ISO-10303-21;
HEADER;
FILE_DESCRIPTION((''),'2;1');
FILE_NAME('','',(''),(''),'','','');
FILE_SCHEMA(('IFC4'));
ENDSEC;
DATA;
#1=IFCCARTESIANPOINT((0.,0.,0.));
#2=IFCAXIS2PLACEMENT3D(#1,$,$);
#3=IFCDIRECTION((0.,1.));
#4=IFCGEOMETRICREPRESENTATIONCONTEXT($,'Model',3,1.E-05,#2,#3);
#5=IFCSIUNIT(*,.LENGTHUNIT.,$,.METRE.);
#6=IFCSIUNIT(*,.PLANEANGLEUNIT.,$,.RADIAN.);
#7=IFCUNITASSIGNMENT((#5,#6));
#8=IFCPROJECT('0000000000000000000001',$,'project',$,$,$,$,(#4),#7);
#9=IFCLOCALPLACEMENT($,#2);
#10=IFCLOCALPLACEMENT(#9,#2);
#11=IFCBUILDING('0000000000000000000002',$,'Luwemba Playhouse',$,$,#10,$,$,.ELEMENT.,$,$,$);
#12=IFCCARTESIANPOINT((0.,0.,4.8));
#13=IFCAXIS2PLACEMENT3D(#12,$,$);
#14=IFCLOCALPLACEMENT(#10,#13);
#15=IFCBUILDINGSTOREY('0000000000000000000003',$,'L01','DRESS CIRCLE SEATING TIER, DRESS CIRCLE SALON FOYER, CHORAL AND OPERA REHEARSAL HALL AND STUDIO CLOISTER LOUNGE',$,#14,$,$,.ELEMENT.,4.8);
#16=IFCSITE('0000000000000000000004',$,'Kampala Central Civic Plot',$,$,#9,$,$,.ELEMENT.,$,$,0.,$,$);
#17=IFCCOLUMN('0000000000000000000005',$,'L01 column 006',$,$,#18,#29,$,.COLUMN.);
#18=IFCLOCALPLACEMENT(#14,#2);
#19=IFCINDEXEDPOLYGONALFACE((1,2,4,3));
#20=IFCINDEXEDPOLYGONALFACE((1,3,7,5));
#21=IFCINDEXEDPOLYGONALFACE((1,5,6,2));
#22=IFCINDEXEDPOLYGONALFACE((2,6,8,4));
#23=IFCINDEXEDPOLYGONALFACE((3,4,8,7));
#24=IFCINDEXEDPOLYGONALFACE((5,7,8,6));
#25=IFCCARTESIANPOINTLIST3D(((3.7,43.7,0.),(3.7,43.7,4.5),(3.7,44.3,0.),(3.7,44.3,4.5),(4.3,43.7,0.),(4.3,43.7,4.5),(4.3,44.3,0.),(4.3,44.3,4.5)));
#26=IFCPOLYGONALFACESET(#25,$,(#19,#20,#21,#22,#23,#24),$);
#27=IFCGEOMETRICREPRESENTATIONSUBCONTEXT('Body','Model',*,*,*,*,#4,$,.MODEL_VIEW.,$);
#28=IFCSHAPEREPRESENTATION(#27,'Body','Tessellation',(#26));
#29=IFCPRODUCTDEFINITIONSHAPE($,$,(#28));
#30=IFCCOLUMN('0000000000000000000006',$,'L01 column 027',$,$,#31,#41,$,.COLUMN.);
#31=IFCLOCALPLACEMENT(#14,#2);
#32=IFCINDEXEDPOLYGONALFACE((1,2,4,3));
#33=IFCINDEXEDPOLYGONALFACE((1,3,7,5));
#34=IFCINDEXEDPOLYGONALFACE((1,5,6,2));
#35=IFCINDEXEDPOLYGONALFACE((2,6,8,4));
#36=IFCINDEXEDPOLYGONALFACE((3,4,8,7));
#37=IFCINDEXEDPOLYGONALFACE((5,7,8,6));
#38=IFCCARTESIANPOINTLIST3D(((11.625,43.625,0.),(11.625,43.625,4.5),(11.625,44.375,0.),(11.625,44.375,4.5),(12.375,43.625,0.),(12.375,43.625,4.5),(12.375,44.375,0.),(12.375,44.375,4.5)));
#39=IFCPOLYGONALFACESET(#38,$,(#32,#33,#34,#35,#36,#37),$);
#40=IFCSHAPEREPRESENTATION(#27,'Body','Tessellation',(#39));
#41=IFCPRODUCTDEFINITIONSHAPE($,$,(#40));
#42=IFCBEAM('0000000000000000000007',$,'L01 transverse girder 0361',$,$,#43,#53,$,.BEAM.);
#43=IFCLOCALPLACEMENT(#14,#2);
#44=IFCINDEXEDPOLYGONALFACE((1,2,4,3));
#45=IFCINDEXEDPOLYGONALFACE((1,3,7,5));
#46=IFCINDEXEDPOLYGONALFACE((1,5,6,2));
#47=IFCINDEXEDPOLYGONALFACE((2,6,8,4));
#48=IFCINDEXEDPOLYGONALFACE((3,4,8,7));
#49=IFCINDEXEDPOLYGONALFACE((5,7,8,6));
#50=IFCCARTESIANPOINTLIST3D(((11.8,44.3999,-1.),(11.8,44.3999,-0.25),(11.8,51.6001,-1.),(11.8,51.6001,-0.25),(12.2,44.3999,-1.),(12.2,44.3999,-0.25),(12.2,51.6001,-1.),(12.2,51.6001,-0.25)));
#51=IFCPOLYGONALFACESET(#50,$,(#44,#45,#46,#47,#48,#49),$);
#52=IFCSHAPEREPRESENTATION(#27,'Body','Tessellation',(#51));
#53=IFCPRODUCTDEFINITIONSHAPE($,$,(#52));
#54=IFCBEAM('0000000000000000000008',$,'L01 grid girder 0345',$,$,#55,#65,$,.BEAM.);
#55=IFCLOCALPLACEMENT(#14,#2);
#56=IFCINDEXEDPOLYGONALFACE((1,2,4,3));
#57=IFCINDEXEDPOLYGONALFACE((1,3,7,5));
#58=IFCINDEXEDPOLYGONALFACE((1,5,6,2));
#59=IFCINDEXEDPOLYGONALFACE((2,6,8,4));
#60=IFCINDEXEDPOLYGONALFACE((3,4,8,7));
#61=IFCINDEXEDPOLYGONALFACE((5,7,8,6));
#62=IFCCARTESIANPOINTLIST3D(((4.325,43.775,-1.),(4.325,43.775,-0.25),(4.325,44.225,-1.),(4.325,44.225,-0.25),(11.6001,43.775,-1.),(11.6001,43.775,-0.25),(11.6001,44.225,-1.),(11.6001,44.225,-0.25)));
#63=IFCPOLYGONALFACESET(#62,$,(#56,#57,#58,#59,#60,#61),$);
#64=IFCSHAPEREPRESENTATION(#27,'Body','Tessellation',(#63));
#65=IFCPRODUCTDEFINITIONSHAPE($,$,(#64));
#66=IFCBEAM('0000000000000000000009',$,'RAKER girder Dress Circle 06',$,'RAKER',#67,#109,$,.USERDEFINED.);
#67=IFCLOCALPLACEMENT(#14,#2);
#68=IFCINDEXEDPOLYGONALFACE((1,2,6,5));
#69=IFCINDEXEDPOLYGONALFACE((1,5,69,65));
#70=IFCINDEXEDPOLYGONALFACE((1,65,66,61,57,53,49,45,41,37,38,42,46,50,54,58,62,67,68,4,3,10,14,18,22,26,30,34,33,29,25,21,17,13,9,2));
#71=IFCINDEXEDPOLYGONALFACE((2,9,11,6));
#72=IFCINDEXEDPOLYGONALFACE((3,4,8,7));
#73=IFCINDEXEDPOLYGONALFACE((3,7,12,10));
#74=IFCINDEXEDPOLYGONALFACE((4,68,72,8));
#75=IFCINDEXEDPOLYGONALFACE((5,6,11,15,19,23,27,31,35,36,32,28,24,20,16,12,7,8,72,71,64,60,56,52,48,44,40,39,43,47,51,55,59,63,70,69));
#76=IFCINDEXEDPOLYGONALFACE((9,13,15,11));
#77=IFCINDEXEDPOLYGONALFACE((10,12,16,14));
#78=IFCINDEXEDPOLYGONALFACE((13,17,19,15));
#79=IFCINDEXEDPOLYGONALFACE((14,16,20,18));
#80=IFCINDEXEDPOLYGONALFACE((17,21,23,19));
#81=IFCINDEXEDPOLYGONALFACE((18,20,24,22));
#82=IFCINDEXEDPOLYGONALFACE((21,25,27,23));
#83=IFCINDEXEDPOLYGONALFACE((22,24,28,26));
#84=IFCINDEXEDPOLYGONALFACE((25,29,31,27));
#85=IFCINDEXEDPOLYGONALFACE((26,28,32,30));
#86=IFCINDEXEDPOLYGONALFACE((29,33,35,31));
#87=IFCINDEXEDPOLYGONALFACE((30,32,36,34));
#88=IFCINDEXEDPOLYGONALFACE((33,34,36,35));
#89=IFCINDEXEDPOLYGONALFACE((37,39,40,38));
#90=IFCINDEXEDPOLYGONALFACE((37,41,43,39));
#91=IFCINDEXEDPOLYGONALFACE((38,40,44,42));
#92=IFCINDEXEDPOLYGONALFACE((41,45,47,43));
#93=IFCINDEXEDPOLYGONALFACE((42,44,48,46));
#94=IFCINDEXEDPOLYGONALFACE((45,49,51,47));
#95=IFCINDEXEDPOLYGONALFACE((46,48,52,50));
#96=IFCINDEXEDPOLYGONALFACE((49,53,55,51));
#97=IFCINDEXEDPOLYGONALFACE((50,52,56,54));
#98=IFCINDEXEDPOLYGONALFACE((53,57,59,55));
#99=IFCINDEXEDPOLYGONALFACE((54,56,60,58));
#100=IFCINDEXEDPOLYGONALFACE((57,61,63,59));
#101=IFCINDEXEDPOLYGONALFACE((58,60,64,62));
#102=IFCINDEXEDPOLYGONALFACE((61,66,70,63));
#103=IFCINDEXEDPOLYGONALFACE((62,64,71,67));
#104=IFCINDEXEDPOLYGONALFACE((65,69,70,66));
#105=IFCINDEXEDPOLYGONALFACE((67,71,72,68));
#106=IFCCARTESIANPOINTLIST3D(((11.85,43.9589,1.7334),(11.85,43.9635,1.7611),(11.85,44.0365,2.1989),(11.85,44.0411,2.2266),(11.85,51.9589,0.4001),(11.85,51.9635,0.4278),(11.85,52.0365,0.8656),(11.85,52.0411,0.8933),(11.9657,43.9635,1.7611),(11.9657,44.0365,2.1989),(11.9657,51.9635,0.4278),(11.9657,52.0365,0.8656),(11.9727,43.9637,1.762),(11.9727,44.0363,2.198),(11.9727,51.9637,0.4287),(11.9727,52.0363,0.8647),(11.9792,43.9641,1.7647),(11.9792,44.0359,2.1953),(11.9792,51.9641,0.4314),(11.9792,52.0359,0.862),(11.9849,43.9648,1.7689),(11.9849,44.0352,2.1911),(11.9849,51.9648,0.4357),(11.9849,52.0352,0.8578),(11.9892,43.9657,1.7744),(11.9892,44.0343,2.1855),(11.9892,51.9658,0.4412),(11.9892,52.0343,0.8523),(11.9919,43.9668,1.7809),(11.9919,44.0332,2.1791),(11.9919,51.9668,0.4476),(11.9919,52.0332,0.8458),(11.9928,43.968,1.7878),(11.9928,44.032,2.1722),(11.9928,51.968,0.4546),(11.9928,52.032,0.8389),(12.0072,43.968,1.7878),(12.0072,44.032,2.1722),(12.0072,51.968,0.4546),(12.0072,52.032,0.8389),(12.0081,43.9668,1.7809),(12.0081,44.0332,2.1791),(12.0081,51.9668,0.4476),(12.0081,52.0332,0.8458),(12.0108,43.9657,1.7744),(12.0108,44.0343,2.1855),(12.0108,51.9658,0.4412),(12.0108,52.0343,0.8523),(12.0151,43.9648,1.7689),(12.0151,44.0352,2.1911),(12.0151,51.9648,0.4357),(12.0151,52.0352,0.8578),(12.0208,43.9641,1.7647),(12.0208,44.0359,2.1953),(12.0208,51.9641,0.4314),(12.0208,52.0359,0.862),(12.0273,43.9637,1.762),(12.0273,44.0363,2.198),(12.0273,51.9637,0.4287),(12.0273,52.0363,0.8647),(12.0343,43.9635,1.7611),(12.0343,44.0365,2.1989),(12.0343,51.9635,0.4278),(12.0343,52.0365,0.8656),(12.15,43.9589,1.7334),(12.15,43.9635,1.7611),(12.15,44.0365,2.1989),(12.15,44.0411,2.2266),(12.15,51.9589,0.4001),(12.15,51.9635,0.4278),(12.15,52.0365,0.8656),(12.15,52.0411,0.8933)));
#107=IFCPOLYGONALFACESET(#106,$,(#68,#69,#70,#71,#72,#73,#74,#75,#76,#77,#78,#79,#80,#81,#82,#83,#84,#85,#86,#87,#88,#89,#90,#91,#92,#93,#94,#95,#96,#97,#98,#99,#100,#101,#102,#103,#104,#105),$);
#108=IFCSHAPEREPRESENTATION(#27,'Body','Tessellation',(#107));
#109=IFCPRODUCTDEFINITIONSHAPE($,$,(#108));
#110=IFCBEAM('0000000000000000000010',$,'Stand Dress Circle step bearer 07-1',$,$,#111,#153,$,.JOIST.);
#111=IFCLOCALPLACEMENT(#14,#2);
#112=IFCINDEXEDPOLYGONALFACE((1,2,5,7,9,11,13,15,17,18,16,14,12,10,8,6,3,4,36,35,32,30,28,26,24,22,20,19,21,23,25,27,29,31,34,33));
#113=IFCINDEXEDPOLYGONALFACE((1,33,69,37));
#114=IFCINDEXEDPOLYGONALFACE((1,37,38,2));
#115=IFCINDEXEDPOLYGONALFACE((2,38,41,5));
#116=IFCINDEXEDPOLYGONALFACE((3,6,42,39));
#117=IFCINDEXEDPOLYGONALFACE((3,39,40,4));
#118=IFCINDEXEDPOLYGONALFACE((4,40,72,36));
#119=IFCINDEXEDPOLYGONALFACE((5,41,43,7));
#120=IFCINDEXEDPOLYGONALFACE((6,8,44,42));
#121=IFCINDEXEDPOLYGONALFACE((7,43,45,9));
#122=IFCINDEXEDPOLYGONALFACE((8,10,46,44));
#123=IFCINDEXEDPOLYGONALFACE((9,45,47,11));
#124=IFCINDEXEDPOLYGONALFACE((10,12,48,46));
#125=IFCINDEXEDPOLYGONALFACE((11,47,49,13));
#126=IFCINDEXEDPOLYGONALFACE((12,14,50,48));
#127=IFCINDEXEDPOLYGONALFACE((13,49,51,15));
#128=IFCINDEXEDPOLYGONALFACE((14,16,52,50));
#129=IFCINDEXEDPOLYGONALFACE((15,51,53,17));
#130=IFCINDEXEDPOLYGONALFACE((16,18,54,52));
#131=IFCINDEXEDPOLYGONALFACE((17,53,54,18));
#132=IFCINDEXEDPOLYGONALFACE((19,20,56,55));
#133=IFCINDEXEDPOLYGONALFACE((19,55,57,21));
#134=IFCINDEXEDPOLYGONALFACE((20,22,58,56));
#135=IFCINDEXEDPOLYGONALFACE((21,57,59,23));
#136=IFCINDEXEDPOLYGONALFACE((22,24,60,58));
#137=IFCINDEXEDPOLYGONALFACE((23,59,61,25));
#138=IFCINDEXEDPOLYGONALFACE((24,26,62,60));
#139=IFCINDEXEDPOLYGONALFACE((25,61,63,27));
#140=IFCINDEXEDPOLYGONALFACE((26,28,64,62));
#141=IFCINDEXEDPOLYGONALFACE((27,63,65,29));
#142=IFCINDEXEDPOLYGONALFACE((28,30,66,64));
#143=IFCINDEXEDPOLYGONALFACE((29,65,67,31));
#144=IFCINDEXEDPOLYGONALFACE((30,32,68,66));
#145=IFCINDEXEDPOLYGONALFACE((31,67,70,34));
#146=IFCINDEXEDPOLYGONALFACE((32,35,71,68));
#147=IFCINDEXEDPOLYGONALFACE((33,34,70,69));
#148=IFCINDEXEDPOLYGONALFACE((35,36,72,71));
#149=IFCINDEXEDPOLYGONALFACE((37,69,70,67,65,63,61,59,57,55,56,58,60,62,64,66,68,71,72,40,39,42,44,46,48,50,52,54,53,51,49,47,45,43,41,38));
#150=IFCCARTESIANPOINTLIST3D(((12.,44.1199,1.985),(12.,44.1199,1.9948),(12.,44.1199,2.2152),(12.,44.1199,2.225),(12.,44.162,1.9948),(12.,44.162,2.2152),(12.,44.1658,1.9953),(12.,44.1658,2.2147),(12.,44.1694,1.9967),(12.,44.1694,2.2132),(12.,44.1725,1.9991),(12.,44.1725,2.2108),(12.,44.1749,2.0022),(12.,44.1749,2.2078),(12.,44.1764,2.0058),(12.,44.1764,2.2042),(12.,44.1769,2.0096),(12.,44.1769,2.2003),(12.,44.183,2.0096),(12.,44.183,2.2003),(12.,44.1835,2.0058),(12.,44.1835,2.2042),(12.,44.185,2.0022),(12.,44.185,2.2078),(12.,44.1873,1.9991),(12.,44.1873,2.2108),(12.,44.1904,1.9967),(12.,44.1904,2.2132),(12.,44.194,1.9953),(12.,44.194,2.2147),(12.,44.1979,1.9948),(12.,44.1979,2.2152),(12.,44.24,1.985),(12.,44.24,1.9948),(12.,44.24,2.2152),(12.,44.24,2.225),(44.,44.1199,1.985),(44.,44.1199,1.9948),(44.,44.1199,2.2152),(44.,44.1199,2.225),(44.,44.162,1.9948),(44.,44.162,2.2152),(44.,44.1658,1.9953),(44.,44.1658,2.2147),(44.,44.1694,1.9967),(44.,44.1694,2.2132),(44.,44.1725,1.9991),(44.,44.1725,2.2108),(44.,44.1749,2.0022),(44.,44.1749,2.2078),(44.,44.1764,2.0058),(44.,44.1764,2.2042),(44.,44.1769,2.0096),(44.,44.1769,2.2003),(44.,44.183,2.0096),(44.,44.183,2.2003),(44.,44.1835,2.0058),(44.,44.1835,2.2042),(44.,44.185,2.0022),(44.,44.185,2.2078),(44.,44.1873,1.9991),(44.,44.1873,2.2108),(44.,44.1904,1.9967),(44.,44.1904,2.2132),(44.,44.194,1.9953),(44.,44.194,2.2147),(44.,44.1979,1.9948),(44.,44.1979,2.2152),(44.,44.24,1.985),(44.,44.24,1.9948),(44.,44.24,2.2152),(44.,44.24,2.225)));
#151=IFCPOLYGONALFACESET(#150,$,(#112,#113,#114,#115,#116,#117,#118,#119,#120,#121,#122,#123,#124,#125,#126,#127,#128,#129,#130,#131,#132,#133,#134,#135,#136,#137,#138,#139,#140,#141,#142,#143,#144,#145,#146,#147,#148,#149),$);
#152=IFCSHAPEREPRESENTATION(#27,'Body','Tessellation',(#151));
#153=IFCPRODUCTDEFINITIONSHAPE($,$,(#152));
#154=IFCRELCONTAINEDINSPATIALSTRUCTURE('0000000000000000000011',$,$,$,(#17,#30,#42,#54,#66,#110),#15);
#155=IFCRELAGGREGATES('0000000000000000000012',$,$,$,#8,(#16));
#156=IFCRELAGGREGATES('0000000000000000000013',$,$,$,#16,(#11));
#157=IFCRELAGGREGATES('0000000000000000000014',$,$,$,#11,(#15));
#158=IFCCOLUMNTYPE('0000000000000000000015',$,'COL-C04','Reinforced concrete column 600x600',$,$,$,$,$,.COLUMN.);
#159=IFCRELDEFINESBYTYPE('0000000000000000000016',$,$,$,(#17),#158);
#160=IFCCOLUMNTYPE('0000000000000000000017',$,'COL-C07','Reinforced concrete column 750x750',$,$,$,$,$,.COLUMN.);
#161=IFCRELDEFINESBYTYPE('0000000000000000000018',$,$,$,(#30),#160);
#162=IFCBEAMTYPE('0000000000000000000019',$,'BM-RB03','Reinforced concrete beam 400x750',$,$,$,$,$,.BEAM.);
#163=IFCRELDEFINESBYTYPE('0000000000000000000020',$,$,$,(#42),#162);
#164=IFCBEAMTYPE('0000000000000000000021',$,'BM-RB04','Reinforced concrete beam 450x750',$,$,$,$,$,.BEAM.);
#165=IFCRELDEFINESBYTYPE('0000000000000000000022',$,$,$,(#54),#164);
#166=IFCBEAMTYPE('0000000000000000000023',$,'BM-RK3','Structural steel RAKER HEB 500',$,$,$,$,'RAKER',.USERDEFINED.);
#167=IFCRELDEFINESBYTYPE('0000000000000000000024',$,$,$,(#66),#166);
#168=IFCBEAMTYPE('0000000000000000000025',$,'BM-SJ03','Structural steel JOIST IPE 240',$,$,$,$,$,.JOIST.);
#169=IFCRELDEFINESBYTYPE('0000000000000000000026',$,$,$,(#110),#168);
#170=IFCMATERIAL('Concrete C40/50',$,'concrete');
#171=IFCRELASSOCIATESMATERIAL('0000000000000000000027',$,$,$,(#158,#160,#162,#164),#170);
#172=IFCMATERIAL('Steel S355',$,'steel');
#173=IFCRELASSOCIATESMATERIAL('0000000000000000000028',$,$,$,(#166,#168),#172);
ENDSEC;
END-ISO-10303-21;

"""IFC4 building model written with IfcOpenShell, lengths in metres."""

from ifc_helpers import new_model, si_unit, direction, frame, origin, origin_2d, place, context, subcontext, project, spatial, rectangle, i_section, extrude, material, material_profile, profile_set, type_object, element, save


model = new_model("IFC4")

# Units and contexts
model_context = context("Model", 3, precision=1e-05, world=origin(), true_north=direction((0.0, 1.0)))
body_context = subcontext(model_context, "Body", "Model", "MODEL_VIEW")
ifc_project = project(units=[si_unit("LENGTHUNIT", "METRE"), si_unit("PLANEANGLEUNIT", "RADIAN")], contexts=[model_context])

# Site, building, storey
site_placement = place(None, origin())
site = spatial("IfcSite", under=ifc_project, at=site_placement, Name="Kampala Central Civic Plot", CompositionType="ELEMENT", RefElevation=0.0)
building_placement = place(site_placement, origin())
building = spatial("IfcBuilding", under=site, at=building_placement, Name="Luwemba Playhouse", CompositionType="ELEMENT")
storey_placement = place(building_placement, frame((0.0, 0.0, 4.8)))
storey = spatial("IfcBuildingStorey", under=building, at=storey_placement, Name="L01", Description="DRESS CIRCLE SEATING TIER, DRESS CIRCLE SALON FOYER, CHORAL AND OPERA REHEARSAL HALL AND STUDIO CLOISTER LOUNGE", CompositionType="ELEMENT", Elevation=4.8)

# Columns
ifc_material_1 = material(Name="Concrete C40/50", Category="concrete")
ifc_material_profile_1 = material_profile(ifc_material_1, rectangle(XDim=0.6001, YDim=0.6001, at=origin_2d()))
ifc_profile_set_1 = profile_set([ifc_material_profile_1], Name="Concrete C40/50")
column_type_1 = type_object("IfcColumnType", Name="COL-C04", Description="Reinforced concrete column 600x600", PredefinedType="COLUMN", material=ifc_profile_set_1)
column_1_placement = place(storey_placement, frame((4.0, 44.0, 0.0), z_axis=(0.0, 0.0, 1.0), x_axis=(1.0, 0.0, 0.0)))
element("IfcColumn", 1, at=column_1_placement, inside=storey, type_object=column_type_1, Name="L01 column 006", PredefinedType="COLUMN", context=body_context, shape_type="SweptSolid", body=[
    extrude(rectangle(XDim=0.6001, YDim=0.6001, at=origin_2d()), origin(), (0.0, 0.0, 1.0), 4.5),
])
ifc_material_profile_2 = material_profile(ifc_material_1, rectangle(XDim=0.75, YDim=0.75, at=origin_2d()))
ifc_profile_set_2 = profile_set([ifc_material_profile_2], Name="Concrete C40/50")
column_type_2 = type_object("IfcColumnType", Name="COL-C07", Description="Reinforced concrete column 750x750", PredefinedType="COLUMN", material=ifc_profile_set_2)
column_2_placement = place(storey_placement, frame((12.0, 44.0, 0.0), z_axis=(0.0, 0.0, 1.0), x_axis=(1.0, 0.0, 0.0)))
element("IfcColumn", 2, at=column_2_placement, inside=storey, type_object=column_type_2, Name="L01 column 027", PredefinedType="COLUMN", context=body_context, shape_type="SweptSolid", body=[
    extrude(rectangle(XDim=0.75, YDim=0.75, at=origin_2d()), origin(), (0.0, 0.0, 1.0), 4.5),
])

# Beams
ifc_material_profile_3 = material_profile(ifc_material_1, rectangle(XDim=0.3999, YDim=0.75, at=origin_2d()))
ifc_profile_set_3 = profile_set([ifc_material_profile_3], Name="Concrete C40/50")
beam_type_1 = type_object("IfcBeamType", Name="BM-RB03", Description="Reinforced concrete beam 400x750", PredefinedType="BEAM", material=ifc_profile_set_3)
beam_1_placement = place(storey_placement, frame((12.0, 44.3999, -0.625), z_axis=(0.0, 1.0, 0.0), x_axis=(-1.0, 0.0, 0.0)))
element("IfcBeam", 3, at=beam_1_placement, inside=storey, type_object=beam_type_1, Name="L01 transverse girder 0361", PredefinedType="BEAM", context=body_context, shape_type="SweptSolid", body=[
    extrude(rectangle(XDim=0.3999, YDim=0.75, at=origin_2d()), origin(), (0.0, 0.0, 1.0), 7.2002),
])
ifc_material_profile_4 = material_profile(ifc_material_1, rectangle(XDim=0.45, YDim=0.75, at=origin_2d()))
ifc_profile_set_4 = profile_set([ifc_material_profile_4], Name="Concrete C40/50")
beam_type_2 = type_object("IfcBeamType", Name="BM-RB04", Description="Reinforced concrete beam 450x750", PredefinedType="BEAM", material=ifc_profile_set_4)
beam_2_placement = place(storey_placement, frame((4.325, 44.0, -0.625), z_axis=(1.0, 0.0, 0.0), x_axis=(0.0, 1.0, 0.0)))
element("IfcBeam", 4, at=beam_2_placement, inside=storey, type_object=beam_type_2, Name="L01 grid girder 0345", PredefinedType="BEAM", context=body_context, shape_type="SweptSolid", body=[
    extrude(rectangle(XDim=0.45, YDim=0.75, at=origin_2d()), origin(), (0.0, 0.0, 1.0), 7.2751),
])
ifc_material_2 = material(Name="Steel S355", Category="steel")
ifc_material_profile_5 = material_profile(ifc_material_2, i_section(OverallWidth=0.3, OverallDepth=0.5, WebThickness=0.0144, FlangeThickness=0.0281, FilletRadius=0.0271, at=origin_2d()))
ifc_profile_set_5 = profile_set([ifc_material_profile_5], Name="Steel S355")
beam_type_3 = type_object("IfcBeamType", Name="BM-RK3", Description="Structural steel RAKER HEB 500", ElementType="RAKER", PredefinedType="USERDEFINED", material=ifc_profile_set_5)
beam_3_placement = place(storey_placement, frame((12.0, 44.0, 1.98), z_axis=(0.0, 0.986396, -0.164389), x_axis=(-1.0, 0.0, 0.0)))
element("IfcBeam", 5, at=beam_3_placement, inside=storey, type_object=beam_type_3, Name="RAKER girder Dress Circle 06", ObjectType="RAKER", PredefinedType="USERDEFINED", context=body_context, shape_type="SweptSolid", body=[
    extrude(i_section(OverallWidth=0.3, OverallDepth=0.5, WebThickness=0.0144, FlangeThickness=0.0281, FilletRadius=0.0271, at=origin_2d()), origin(), (0.0, 0.0, 1.0), 8.1104),
])
ifc_material_profile_6 = material_profile(ifc_material_2, i_section(OverallWidth=0.1201, OverallDepth=0.24, WebThickness=0.0061, FlangeThickness=0.0098, FilletRadius=0.0149, at=origin_2d()))
ifc_profile_set_6 = profile_set([ifc_material_profile_6], Name="Steel S355")
beam_type_4 = type_object("IfcBeamType", Name="BM-SJ03", Description="Structural steel JOIST IPE 240", PredefinedType="JOIST", material=ifc_profile_set_6)
for number, where, z_axis, x_axis, name in (
    (6, (12.0, 44.1799, 2.105), (1.0, 0.0, 0.0), (0.0, 1.0, 0.0), "Stand Dress Circle step bearer 07-1"),
):
    element("IfcBeam", number, at=place(storey_placement, frame(where, z_axis=z_axis, x_axis=x_axis)), inside=storey, type_object=beam_type_4, Name=name, PredefinedType="JOIST", context=body_context, shape_type="SweptSolid", body=[
        extrude(i_section(OverallWidth=0.1201, OverallDepth=0.24, WebThickness=0.0061, FlangeThickness=0.0098, FilletRadius=0.0149, at=origin_2d()), origin(), (0.0, 0.0, 1.0), 32.0),
    ])

save(model, "model.ifc")
